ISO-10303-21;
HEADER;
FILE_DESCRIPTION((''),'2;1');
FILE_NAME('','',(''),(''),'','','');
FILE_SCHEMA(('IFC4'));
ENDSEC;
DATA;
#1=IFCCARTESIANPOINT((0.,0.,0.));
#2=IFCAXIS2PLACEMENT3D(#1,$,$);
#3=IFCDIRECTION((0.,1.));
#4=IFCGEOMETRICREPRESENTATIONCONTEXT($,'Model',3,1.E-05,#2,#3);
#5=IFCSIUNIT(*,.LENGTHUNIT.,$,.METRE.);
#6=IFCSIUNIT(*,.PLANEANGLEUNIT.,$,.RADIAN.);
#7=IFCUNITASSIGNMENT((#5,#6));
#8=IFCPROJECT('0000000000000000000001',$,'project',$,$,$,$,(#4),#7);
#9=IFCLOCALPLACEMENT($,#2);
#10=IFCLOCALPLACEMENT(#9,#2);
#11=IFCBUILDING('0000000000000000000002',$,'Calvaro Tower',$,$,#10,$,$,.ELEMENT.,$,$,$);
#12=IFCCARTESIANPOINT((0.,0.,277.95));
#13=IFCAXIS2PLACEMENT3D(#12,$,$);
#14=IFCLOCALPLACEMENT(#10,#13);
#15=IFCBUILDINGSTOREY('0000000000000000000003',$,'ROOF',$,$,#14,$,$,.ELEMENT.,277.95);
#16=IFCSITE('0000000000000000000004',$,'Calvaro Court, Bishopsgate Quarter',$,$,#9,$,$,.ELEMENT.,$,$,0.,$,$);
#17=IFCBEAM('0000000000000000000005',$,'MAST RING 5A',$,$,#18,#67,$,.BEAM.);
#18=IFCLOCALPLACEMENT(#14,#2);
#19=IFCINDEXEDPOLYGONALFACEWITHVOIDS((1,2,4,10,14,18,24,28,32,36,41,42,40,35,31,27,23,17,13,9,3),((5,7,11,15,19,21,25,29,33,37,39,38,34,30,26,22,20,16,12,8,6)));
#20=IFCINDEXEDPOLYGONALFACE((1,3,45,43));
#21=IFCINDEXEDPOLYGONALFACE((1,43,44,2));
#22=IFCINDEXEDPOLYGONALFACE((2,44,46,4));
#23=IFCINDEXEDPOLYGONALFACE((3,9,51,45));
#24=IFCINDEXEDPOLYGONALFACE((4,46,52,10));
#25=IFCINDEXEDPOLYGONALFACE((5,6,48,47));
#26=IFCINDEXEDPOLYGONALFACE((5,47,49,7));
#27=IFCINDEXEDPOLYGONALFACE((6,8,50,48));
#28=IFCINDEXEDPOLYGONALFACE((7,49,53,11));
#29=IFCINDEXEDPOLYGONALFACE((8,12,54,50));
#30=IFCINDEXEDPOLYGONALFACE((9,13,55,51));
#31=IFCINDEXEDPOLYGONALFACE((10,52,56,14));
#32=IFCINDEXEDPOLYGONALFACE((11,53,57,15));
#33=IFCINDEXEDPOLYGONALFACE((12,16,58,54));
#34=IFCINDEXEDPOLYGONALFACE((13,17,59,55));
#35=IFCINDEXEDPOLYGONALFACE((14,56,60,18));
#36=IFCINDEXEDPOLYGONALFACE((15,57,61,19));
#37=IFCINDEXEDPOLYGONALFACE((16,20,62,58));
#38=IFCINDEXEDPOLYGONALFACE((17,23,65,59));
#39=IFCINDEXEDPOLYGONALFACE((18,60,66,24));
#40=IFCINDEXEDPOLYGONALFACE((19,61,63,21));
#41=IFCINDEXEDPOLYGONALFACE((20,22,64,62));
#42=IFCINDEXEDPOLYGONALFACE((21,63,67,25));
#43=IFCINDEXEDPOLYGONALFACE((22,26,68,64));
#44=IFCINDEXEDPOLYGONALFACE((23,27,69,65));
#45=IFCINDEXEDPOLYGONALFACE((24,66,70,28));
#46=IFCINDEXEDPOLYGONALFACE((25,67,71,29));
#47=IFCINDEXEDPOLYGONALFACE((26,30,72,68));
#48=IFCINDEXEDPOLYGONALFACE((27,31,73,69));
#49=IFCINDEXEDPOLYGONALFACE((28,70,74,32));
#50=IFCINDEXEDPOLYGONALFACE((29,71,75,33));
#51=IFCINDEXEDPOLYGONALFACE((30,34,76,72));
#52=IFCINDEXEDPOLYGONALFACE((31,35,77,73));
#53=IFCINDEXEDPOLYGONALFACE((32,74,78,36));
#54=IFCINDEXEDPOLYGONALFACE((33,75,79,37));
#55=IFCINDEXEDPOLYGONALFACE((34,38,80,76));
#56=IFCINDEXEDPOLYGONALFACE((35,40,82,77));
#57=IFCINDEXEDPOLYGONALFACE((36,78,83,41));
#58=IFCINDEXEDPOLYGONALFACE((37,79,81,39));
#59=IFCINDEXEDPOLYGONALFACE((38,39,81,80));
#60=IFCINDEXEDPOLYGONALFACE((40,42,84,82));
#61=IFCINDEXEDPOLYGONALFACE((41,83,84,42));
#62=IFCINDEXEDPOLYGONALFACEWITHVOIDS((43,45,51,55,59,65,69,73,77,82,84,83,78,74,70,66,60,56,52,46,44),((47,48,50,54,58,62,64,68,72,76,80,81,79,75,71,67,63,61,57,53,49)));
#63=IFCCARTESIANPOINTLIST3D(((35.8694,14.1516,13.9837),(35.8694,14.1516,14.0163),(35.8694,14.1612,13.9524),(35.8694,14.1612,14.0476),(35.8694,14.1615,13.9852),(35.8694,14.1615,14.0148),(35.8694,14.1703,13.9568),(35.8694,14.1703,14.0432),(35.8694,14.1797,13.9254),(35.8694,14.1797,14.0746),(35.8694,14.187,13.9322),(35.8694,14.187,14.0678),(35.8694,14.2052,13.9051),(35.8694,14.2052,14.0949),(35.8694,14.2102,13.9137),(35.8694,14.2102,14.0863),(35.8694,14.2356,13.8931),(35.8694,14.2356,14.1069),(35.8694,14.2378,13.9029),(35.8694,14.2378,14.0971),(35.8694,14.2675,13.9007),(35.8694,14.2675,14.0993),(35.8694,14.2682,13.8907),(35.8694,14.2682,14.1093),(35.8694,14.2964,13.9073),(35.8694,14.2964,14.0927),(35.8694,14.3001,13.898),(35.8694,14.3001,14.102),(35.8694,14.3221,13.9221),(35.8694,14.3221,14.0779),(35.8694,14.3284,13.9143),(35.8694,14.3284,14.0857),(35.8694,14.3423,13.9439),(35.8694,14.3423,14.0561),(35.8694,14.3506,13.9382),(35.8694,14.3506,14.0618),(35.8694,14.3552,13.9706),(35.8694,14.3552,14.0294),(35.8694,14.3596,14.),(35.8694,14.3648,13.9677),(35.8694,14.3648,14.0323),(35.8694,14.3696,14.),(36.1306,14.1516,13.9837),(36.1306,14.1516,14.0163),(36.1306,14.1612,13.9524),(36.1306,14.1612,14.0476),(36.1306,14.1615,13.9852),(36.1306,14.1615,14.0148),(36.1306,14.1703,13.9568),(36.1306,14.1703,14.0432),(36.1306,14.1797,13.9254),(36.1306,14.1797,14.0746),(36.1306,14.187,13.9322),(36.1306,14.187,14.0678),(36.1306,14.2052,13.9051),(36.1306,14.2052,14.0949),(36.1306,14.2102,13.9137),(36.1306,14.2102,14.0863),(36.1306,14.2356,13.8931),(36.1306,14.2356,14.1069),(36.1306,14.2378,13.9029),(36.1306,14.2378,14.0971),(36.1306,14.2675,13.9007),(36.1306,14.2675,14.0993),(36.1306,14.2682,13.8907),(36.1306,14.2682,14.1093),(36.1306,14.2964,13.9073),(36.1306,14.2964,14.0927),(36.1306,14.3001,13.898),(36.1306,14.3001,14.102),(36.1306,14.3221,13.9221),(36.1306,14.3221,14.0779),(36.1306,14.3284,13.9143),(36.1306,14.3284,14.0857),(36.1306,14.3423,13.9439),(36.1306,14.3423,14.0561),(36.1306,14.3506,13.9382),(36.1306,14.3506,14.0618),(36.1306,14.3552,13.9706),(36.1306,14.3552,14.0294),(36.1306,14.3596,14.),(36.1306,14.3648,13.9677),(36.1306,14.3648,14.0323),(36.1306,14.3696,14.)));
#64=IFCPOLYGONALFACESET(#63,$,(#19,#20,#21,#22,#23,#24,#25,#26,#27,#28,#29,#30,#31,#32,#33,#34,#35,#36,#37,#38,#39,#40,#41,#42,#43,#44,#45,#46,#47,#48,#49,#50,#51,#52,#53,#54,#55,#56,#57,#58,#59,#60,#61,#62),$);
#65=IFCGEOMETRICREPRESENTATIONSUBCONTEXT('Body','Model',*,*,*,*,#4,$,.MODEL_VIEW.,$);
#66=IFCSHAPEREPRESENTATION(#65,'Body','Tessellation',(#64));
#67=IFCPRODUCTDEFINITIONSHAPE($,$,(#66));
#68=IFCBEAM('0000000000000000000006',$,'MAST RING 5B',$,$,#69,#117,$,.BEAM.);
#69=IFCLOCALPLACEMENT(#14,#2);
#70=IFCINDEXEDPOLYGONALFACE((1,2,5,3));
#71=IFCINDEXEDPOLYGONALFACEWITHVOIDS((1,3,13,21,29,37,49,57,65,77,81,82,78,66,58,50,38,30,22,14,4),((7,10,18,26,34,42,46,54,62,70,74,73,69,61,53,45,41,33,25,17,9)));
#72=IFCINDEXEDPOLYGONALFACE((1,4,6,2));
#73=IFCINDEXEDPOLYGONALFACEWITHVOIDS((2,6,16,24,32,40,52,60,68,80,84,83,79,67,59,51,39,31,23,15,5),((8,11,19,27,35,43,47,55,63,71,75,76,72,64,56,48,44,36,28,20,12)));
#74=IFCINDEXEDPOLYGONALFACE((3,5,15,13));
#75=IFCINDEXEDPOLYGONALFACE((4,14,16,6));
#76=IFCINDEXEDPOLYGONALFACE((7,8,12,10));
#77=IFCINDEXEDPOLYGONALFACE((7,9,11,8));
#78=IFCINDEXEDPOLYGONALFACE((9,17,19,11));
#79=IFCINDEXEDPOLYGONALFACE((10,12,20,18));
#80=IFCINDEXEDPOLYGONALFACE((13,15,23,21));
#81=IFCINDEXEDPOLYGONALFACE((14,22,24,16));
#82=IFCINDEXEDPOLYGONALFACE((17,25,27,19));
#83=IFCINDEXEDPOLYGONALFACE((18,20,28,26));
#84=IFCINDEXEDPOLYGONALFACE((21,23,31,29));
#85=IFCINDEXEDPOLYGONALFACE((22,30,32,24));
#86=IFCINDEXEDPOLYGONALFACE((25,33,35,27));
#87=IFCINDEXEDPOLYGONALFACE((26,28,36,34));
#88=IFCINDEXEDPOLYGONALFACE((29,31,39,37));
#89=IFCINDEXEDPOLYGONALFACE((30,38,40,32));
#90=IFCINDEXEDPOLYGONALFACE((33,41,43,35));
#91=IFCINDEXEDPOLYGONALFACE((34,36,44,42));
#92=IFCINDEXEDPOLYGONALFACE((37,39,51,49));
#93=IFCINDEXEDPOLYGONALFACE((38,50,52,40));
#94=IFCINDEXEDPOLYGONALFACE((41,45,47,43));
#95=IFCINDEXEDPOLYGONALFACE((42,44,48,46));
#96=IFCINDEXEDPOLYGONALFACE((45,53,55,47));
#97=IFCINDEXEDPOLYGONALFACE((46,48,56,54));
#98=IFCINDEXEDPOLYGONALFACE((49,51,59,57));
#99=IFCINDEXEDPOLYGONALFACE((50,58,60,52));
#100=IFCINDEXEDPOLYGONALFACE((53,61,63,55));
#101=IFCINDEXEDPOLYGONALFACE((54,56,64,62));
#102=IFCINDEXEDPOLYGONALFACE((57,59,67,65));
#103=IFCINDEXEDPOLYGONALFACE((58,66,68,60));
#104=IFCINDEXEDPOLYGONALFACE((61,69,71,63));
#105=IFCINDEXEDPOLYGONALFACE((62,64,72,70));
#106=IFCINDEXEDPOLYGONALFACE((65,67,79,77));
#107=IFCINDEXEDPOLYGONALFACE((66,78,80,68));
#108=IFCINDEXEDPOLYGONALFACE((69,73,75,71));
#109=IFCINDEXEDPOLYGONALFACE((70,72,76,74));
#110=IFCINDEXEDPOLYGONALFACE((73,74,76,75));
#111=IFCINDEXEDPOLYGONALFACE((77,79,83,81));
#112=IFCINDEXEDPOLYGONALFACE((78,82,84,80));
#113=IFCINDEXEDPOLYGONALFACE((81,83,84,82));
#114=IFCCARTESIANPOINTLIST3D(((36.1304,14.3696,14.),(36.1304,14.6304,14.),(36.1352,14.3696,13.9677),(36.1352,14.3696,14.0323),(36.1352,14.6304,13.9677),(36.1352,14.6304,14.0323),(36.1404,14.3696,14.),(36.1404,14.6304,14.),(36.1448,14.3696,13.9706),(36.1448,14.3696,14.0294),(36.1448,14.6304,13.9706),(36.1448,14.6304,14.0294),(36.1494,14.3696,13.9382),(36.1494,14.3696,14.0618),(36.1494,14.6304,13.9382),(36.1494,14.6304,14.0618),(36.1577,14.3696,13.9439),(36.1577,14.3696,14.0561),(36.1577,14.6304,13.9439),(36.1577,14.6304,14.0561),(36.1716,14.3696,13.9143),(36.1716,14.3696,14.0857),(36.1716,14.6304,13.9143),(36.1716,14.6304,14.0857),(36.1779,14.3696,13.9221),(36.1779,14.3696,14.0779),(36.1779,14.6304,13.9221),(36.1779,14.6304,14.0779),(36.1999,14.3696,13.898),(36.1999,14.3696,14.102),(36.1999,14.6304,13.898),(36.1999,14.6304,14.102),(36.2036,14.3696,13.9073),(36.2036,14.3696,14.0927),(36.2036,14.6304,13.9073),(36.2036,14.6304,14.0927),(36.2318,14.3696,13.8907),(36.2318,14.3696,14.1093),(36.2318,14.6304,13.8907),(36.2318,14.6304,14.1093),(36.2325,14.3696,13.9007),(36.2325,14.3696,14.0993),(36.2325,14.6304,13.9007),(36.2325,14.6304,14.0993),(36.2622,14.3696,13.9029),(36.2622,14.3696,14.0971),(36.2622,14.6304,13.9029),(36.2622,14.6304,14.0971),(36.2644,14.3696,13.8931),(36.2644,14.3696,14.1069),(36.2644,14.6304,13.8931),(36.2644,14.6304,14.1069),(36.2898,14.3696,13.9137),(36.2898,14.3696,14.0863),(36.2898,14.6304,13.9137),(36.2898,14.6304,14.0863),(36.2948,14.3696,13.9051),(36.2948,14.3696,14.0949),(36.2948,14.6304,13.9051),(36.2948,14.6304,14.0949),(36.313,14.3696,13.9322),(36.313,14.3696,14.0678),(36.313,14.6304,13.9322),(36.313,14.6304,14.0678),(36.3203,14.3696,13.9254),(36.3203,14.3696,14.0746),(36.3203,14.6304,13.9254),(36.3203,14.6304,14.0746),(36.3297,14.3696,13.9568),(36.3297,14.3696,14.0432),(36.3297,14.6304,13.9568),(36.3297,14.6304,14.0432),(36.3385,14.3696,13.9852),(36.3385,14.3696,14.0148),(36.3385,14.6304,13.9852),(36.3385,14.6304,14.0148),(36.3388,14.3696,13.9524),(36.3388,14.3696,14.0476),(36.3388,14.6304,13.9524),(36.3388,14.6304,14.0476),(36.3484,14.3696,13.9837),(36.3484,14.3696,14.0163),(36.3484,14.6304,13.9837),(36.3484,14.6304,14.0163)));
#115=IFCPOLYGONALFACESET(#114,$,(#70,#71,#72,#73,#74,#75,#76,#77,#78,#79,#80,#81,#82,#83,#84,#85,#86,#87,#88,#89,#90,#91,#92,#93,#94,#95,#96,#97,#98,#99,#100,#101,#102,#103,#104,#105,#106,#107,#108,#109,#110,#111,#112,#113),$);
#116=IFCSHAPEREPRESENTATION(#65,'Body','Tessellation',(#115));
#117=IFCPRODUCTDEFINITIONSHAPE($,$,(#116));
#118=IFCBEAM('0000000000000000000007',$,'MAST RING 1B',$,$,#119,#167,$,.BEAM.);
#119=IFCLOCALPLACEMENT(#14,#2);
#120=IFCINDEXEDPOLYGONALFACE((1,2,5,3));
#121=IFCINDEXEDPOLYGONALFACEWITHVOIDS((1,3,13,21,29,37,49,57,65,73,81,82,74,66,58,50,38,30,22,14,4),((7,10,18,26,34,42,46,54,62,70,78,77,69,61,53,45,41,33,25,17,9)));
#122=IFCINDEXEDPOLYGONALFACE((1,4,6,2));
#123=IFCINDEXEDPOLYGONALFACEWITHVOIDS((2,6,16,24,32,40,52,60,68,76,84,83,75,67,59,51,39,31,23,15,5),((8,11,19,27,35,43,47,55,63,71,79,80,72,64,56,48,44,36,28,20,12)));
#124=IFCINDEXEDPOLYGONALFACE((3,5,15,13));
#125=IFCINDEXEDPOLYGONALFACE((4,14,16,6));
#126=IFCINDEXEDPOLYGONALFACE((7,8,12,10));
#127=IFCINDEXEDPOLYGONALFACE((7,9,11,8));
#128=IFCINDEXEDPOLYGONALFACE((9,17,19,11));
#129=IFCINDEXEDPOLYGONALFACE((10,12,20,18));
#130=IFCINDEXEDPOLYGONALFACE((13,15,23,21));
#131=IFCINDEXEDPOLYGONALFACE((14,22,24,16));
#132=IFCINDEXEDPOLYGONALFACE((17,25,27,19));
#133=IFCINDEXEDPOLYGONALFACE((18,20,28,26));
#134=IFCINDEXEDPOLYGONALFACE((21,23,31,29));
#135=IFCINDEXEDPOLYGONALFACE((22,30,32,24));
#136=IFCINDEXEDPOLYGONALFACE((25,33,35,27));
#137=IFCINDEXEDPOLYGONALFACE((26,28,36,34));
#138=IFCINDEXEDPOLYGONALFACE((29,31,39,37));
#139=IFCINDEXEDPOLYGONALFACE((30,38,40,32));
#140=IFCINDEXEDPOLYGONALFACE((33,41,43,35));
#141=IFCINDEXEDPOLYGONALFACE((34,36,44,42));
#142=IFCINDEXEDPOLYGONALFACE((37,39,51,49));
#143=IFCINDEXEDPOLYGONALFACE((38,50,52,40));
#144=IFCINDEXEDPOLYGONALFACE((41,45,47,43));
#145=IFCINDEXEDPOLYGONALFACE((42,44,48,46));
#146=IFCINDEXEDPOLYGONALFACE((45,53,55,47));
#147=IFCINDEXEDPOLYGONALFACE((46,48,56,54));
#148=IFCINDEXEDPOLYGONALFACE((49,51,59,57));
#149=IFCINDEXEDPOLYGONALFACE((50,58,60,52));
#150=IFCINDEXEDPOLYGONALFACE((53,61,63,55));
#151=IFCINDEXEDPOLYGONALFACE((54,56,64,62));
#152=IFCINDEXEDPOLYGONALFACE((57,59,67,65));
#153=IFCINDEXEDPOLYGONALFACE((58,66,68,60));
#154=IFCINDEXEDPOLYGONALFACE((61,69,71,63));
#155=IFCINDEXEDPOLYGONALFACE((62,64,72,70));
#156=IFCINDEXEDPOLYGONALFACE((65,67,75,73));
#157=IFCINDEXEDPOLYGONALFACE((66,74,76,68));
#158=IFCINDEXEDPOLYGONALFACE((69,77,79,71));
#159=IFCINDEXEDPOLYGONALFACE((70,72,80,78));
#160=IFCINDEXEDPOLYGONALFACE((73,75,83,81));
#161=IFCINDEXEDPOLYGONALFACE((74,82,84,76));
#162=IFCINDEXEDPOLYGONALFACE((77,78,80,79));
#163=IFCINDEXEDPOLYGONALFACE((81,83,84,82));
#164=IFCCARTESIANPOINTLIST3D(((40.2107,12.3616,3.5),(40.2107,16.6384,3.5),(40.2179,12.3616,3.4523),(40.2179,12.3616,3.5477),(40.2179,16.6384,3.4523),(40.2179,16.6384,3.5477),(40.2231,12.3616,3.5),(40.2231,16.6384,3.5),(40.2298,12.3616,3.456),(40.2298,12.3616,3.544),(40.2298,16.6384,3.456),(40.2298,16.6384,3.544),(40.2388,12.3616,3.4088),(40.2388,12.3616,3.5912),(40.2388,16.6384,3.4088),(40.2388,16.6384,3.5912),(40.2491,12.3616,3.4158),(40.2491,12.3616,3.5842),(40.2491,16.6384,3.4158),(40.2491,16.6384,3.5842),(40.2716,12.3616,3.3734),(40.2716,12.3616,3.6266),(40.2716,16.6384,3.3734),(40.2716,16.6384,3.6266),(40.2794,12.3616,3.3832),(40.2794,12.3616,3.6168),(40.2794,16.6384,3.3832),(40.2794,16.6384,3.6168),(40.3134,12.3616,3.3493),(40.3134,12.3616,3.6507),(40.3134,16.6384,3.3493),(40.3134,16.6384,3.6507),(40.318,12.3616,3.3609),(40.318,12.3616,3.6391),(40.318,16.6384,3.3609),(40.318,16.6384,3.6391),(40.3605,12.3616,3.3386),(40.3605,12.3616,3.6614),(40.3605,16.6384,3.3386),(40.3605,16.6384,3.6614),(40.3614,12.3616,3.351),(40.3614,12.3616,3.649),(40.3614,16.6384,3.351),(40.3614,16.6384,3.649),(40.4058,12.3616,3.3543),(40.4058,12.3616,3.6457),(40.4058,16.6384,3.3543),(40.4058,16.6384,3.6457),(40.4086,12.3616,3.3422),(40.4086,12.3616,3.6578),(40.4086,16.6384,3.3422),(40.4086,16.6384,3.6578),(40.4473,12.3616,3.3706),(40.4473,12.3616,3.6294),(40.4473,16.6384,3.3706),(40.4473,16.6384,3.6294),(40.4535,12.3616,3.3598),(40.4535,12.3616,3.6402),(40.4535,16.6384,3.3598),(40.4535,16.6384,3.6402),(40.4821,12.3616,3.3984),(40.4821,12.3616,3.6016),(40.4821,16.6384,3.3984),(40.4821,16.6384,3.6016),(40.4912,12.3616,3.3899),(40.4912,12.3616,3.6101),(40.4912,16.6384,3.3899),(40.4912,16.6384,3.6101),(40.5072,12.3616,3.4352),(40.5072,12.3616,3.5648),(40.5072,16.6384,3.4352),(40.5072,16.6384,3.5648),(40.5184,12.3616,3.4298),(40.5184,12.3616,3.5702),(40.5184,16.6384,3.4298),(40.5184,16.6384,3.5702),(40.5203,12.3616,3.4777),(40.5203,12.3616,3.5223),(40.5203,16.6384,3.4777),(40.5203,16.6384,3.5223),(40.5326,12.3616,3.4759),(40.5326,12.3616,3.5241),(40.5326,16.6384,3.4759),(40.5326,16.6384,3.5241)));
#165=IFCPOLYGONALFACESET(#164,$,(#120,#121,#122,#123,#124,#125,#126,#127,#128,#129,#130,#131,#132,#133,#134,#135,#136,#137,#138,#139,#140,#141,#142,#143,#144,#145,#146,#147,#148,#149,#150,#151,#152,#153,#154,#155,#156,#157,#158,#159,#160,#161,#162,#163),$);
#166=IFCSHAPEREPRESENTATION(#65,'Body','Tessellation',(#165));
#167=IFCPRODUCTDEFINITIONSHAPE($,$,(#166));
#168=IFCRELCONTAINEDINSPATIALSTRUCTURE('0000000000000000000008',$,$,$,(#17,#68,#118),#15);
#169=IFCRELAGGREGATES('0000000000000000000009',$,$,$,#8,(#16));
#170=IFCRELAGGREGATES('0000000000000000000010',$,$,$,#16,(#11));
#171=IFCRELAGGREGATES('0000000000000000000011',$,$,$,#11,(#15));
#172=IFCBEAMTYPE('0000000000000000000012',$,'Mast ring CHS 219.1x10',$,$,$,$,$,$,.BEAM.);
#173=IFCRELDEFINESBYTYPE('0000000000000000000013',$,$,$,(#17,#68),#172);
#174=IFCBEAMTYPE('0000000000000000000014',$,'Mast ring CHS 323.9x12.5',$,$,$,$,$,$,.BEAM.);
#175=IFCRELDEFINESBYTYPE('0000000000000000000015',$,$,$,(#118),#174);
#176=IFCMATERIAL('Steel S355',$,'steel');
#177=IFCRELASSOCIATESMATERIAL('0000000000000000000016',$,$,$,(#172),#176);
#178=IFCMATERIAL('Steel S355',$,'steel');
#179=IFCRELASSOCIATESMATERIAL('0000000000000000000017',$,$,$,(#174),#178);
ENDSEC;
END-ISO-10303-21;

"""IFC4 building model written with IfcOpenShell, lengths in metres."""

from ifc_helpers import new_model, si_unit, direction, frame, origin, origin_2d, place, context, subcontext, project, spatial, hollow_circle, extrude, material, material_profile, profile_set, type_object, element, save


model = new_model("IFC4")

# Units and contexts
model_context = context("Model", 3, precision=1e-05, world=origin(), true_north=direction((0.0, 1.0)))
body_context = subcontext(model_context, "Body", "Model", "MODEL_VIEW")
ifc_project = project(units=[si_unit("LENGTHUNIT", "METRE"), si_unit("PLANEANGLEUNIT", "RADIAN")], contexts=[model_context])

# Site, building, storey
site_placement = place(None, origin())
site = spatial("IfcSite", under=ifc_project, at=site_placement, Name="Calvaro Court, Bishopsgate Quarter", CompositionType="ELEMENT", RefElevation=0.0)
building_placement = place(site_placement, origin())
building = spatial("IfcBuilding", under=site, at=building_placement, Name="Calvaro Tower", CompositionType="ELEMENT")
storey_placement = place(building_placement, frame((0.0, 0.0, 277.95)))
storey = spatial("IfcBuildingStorey", under=building, at=storey_placement, Name="ROOF", CompositionType="ELEMENT", Elevation=277.95)

# Beams
ifc_material_1 = material(Name="Steel S355", Category="steel")
ifc_material_profile_1 = material_profile(ifc_material_1, hollow_circle(Radius=0.1096, WallThickness=0.01, at=origin_2d()), Name="CHS 219.1x10")
ifc_profile_set_1 = profile_set([ifc_material_profile_1], Name="Steel S355")
beam_type_1 = type_object("IfcBeamType", Name="Mast ring CHS 219.1x10", PredefinedType="BEAM", material=ifc_profile_set_1)
beam_1_placement = place(storey_placement, frame((35.8694, 14.26, 14.0), z_axis=(1.0, 0.0, 0.0), x_axis=(0.0, 1.0, 0.0)))
element("IfcBeam", 1, at=beam_1_placement, inside=storey, type_object=beam_type_1, Name="MAST RING 5A", PredefinedType="BEAM", context=body_context, shape_type="SweptSolid", body=[
    extrude(hollow_circle(Radius=0.1096, WallThickness=0.01, at=origin_2d()), origin(), (0.0, 0.0, 1.0), 0.2612),
])
beam_2_placement = place(storey_placement, frame((36.24, 14.3696, 14.0), z_axis=(0.0, 1.0, 0.0), x_axis=(-1.0, 0.0, 0.0)))
element("IfcBeam", 2, at=beam_2_placement, inside=storey, type_object=beam_type_1, Name="MAST RING 5B", PredefinedType="BEAM", context=body_context, shape_type="SweptSolid", body=[
    extrude(hollow_circle(Radius=0.1096, WallThickness=0.01, at=origin_2d()), origin(), (0.0, 0.0, 1.0), 0.2607),
])
ifc_material_2 = material(Name="Steel S355", Category="steel")
ifc_material_profile_2 = material_profile(ifc_material_2, hollow_circle(Radius=0.1619, WallThickness=0.0125, at=origin_2d()), Name="CHS 323.9x12.5")
ifc_profile_set_2 = profile_set([ifc_material_profile_2], Name="Steel S355")
beam_type_2 = type_object("IfcBeamType", Name="Mast ring CHS 323.9x12.5", PredefinedType="BEAM", material=ifc_profile_set_2)
beam_3_placement = place(storey_placement, frame((40.3726, 12.3616, 3.5), z_axis=(0.0, 1.0, 0.0), x_axis=(-1.0, 0.0, 0.0)))
element("IfcBeam", 3, at=beam_3_placement, inside=storey, type_object=beam_type_2, Name="MAST RING 1B", PredefinedType="BEAM", context=body_context, shape_type="SweptSolid", body=[
    extrude(hollow_circle(Radius=0.1619, WallThickness=0.0125, at=origin_2d()), origin(), (0.0, 0.0, 1.0), 4.2769),
])

save(model, "model.ifc")
